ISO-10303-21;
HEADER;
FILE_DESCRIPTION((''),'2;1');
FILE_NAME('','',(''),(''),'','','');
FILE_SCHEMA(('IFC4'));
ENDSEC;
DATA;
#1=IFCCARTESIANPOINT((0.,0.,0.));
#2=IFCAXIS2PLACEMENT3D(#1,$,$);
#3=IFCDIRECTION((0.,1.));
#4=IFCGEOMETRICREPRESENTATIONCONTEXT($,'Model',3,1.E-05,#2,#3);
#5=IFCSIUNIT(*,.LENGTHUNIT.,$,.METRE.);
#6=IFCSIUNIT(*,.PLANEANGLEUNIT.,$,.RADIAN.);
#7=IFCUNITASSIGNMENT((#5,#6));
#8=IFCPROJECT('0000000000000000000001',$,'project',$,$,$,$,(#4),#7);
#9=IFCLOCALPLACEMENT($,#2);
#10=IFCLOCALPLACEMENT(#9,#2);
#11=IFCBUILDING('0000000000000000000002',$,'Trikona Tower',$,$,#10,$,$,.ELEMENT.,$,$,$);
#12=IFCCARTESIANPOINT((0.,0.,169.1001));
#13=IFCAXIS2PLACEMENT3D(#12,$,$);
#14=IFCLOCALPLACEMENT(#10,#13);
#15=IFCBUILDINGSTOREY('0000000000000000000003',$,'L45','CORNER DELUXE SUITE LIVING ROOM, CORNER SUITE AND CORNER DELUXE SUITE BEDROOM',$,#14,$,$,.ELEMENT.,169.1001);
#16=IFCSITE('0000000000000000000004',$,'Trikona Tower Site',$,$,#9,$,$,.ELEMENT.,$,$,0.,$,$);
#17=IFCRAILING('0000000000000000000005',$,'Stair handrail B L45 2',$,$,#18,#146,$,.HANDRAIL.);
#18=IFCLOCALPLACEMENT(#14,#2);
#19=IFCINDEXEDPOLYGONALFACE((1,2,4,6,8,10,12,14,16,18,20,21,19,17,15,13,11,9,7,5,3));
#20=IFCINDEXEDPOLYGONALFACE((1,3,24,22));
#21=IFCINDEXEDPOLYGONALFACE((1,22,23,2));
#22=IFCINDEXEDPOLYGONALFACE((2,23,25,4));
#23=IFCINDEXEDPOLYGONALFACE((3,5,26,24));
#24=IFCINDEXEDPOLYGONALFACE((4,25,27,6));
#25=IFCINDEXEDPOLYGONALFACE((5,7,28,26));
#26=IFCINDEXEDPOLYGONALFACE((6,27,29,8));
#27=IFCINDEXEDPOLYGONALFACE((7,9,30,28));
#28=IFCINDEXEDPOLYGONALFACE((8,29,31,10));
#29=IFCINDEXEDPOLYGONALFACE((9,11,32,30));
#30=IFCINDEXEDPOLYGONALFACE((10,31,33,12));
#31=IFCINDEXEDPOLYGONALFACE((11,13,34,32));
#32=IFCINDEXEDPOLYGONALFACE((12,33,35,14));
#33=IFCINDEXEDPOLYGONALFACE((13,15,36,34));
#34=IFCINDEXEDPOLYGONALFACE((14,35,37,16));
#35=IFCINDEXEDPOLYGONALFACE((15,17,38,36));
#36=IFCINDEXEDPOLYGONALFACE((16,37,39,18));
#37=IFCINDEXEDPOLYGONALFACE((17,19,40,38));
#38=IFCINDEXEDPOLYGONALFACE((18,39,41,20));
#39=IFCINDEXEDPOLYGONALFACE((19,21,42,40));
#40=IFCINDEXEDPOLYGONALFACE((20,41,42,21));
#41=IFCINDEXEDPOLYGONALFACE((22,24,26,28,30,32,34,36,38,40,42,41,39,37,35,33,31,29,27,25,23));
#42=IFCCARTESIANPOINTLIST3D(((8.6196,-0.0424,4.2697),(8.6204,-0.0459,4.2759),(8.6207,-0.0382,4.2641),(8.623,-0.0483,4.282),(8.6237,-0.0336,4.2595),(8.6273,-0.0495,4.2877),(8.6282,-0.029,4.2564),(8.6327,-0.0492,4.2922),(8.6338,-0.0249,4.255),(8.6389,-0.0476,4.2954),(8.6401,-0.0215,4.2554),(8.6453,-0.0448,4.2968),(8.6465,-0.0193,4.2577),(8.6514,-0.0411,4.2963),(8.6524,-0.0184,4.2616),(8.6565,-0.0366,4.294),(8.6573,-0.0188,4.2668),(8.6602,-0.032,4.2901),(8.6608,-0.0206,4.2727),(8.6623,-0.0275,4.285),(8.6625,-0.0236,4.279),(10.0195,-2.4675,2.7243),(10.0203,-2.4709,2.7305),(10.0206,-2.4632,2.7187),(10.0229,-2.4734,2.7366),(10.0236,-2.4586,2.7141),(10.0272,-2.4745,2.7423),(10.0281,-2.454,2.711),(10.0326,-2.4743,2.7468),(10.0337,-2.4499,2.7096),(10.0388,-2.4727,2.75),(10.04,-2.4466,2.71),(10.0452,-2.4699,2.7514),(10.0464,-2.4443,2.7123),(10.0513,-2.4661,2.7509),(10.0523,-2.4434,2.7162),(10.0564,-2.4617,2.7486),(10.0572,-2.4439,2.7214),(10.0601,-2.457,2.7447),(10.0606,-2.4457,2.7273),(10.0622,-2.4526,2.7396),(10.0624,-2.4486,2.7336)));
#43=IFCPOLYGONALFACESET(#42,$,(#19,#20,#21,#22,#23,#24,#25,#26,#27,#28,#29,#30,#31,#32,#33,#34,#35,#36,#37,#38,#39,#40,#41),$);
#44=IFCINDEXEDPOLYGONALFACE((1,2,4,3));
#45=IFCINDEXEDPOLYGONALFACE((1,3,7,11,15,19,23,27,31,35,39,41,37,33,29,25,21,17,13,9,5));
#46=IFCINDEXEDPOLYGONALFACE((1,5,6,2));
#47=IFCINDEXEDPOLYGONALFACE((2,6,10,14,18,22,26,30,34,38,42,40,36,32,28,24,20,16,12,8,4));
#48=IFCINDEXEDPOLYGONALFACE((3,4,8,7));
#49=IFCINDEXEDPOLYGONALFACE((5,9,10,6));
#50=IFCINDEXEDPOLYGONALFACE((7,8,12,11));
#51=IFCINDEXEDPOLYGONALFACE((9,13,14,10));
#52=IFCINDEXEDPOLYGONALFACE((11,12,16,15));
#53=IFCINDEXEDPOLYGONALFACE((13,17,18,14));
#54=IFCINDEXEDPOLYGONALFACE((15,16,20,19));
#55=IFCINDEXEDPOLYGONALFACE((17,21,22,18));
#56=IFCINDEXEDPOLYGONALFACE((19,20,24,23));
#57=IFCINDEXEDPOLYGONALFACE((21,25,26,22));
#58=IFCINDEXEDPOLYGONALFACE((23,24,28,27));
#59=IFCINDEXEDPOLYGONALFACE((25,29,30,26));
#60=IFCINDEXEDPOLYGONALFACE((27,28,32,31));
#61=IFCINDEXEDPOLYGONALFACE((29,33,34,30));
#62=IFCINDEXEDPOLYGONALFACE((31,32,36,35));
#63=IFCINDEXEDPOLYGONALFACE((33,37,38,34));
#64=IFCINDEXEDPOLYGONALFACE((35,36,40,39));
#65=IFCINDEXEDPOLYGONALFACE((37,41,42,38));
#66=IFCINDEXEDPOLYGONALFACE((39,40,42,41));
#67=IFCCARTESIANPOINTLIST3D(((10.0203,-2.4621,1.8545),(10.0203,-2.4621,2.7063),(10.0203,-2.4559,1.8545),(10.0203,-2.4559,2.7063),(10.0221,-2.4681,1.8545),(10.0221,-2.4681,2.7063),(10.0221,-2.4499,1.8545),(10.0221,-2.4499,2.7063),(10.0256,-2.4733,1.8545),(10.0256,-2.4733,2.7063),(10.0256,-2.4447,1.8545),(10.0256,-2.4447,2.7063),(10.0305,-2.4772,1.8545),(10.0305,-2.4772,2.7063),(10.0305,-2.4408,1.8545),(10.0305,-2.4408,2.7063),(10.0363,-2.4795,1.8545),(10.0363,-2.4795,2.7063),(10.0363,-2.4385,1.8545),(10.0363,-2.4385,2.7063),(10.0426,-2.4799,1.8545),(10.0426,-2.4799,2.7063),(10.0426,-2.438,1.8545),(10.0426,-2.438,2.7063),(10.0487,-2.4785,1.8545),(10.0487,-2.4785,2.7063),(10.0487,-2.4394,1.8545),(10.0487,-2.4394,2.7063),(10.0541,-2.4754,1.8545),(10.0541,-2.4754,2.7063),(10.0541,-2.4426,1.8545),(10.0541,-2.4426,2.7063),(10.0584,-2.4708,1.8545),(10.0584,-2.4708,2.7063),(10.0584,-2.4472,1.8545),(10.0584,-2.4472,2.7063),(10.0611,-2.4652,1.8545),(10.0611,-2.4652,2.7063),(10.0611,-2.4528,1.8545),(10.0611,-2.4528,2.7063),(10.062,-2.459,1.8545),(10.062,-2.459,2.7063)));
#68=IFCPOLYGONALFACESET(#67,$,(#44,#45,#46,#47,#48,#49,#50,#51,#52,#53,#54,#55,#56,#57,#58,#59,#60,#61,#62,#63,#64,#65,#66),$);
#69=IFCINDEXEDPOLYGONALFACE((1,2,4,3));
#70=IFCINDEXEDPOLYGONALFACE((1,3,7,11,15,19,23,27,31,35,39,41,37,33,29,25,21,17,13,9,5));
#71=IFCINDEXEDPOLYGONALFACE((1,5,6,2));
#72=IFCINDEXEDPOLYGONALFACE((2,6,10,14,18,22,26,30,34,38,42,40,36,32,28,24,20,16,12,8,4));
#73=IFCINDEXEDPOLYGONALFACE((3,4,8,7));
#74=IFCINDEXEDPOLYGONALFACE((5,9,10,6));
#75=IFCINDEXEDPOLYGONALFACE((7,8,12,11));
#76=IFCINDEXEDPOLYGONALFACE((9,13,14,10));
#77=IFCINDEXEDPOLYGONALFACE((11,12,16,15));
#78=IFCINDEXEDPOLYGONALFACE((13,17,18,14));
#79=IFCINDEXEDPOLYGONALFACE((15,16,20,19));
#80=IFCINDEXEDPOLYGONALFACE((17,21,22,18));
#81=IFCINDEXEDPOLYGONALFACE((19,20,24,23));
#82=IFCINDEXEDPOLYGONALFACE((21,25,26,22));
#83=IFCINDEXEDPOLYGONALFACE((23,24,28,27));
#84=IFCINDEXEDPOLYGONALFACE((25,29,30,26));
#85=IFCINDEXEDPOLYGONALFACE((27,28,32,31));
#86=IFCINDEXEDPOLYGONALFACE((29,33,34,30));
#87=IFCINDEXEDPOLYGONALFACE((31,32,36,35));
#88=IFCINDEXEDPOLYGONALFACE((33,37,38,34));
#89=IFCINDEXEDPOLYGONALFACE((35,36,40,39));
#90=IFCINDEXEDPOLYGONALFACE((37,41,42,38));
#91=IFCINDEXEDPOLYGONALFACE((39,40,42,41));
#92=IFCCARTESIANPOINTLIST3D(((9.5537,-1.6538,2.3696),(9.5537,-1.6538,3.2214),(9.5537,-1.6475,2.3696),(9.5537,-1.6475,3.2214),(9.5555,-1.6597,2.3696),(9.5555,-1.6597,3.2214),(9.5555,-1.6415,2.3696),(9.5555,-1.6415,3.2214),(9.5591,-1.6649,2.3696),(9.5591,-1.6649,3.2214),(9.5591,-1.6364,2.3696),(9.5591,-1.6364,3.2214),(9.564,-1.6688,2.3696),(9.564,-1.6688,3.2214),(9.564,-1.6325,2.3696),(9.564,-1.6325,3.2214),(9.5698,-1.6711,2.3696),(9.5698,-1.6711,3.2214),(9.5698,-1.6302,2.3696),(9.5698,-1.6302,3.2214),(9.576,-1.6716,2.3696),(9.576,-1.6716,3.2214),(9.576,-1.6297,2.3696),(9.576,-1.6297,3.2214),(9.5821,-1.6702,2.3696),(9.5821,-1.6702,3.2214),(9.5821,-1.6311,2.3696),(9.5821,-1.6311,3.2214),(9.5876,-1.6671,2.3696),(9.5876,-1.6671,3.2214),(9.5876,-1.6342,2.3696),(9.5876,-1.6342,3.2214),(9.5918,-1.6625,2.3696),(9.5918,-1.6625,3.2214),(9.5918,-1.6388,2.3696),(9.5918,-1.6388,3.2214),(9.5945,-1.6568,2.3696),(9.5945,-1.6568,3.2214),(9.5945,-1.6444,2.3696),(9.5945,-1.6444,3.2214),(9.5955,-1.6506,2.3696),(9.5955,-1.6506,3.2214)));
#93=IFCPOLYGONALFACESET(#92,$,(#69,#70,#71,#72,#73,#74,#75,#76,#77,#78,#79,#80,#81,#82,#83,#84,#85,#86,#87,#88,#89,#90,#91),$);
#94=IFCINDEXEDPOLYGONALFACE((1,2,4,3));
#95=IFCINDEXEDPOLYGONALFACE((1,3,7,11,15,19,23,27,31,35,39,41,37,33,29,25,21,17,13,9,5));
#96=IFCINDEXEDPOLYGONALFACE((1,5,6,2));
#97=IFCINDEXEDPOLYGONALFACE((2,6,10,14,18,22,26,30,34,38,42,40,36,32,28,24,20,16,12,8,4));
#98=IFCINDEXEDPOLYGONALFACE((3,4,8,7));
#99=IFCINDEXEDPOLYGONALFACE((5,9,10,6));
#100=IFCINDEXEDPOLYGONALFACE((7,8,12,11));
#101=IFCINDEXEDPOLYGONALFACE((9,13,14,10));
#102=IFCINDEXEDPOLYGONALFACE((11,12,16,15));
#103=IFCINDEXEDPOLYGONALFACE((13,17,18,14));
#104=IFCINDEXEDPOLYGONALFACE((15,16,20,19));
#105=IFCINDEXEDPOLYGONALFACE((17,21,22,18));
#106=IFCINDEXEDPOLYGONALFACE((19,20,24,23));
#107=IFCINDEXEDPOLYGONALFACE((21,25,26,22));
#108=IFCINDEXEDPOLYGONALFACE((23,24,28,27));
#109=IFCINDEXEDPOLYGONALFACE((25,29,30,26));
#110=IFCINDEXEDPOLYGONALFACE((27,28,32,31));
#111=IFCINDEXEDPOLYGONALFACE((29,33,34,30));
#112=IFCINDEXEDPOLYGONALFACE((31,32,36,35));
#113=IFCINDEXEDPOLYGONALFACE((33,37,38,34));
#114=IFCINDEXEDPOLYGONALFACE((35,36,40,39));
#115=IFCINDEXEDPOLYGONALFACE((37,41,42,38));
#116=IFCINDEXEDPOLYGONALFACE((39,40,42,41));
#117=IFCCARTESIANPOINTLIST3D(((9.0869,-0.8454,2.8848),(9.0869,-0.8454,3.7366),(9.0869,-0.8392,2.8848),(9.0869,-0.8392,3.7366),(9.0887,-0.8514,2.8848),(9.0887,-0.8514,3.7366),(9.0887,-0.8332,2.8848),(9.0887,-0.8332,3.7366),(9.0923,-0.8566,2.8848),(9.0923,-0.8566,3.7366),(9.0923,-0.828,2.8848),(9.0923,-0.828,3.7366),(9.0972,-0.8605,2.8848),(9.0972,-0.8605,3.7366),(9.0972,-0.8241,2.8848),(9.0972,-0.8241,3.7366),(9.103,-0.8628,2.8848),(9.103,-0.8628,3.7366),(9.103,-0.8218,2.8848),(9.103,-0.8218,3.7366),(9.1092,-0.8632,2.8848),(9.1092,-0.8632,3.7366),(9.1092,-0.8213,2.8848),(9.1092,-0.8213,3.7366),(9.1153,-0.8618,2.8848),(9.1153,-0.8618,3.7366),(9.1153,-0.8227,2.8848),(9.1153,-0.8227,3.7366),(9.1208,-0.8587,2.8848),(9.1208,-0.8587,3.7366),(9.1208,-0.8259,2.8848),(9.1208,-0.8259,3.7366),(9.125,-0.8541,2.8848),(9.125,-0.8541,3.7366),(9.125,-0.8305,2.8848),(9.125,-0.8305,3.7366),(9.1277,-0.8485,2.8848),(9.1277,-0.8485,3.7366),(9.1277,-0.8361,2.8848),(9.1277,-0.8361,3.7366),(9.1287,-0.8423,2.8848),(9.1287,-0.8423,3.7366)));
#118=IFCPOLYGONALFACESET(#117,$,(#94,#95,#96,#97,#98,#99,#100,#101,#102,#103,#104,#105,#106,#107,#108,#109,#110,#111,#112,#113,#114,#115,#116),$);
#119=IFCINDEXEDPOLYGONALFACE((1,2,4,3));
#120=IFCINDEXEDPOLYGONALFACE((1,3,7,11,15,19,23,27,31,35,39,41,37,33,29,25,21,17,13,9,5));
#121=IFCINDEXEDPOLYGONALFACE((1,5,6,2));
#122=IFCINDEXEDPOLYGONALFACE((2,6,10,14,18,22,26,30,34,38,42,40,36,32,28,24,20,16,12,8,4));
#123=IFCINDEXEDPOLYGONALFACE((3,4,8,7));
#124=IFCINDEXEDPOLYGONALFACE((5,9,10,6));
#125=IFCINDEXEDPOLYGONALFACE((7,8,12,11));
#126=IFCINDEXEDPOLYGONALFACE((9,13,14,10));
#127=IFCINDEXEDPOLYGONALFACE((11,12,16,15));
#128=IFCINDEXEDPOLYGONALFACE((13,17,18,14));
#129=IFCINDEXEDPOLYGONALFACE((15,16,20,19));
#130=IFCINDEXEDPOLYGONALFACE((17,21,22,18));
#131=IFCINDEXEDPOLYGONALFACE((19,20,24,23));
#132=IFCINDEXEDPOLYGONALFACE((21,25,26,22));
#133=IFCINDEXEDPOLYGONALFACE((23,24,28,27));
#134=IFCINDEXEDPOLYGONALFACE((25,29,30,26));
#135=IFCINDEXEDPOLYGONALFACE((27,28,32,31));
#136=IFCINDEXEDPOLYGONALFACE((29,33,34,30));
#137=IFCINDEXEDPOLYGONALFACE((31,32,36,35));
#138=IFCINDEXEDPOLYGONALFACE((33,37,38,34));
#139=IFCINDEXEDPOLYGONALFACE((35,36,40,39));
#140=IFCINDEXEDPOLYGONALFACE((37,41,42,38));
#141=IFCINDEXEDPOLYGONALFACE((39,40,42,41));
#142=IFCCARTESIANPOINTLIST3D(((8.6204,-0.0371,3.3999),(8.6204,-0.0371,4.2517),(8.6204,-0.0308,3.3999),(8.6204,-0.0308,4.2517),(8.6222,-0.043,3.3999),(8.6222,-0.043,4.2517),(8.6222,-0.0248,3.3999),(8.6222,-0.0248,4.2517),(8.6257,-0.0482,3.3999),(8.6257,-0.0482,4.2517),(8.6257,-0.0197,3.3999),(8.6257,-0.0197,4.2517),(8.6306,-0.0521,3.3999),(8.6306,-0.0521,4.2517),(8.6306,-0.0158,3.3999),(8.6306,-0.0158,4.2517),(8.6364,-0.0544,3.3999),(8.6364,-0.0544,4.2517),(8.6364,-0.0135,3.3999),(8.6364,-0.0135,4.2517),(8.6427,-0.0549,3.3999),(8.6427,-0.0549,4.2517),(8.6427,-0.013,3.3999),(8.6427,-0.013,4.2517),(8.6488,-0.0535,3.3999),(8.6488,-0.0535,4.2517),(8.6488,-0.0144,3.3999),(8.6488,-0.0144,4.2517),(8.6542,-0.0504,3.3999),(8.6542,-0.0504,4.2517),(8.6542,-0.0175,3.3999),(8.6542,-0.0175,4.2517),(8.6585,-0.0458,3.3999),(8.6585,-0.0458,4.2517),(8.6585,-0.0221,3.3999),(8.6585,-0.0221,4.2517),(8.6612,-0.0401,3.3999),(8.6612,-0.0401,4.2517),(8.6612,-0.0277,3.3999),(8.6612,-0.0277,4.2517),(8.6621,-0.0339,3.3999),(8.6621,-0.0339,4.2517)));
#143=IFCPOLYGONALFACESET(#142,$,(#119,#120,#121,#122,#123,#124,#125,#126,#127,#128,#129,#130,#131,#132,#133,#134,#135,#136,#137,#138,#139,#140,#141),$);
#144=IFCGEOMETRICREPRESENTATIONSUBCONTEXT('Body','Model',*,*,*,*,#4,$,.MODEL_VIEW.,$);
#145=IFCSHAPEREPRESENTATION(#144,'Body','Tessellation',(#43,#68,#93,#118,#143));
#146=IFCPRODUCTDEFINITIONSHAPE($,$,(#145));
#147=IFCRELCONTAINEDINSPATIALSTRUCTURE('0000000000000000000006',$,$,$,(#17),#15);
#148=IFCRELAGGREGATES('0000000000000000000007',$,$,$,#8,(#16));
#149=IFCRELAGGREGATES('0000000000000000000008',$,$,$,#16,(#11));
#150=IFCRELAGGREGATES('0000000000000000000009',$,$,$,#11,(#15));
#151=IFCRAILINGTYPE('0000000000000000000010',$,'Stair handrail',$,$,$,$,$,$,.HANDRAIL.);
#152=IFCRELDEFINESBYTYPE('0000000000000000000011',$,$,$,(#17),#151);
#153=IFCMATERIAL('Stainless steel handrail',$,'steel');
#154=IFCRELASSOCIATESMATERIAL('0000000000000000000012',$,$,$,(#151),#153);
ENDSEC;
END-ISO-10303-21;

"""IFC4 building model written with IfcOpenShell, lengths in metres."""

from ifc_helpers import new_model, si_unit, direction, frame, origin, origin_2d, place, context, subcontext, project, spatial, circle, extrude, material, type_object, element, save


model = new_model("IFC4")

# Units and contexts
model_context = context("Model", 3, precision=1e-05, world=origin(), true_north=direction((0.0, 1.0)))
body_context = subcontext(model_context, "Body", "Model", "MODEL_VIEW")
ifc_project = project(units=[si_unit("LENGTHUNIT", "METRE"), si_unit("PLANEANGLEUNIT", "RADIAN")], contexts=[model_context])

# Site, building, storey
site_placement = place(None, origin())
site = spatial("IfcSite", under=ifc_project, at=site_placement, Name="Trikona Tower Site", CompositionType="ELEMENT", RefElevation=0.0)
building_placement = place(site_placement, origin())
building = spatial("IfcBuilding", under=site, at=building_placement, Name="Trikona Tower", CompositionType="ELEMENT")
storey_placement = place(building_placement, frame((0.0, 0.0, 169.1001)))
storey = spatial("IfcBuildingStorey", under=building, at=storey_placement, Name="L45", Description="CORNER DELUXE SUITE LIVING ROOM, CORNER SUITE AND CORNER DELUXE SUITE BEDROOM", CompositionType="ELEMENT", Elevation=169.1001)

# Railing
ifc_material_1 = material(Name="Stainless steel handrail", Category="steel")
railing_type = type_object("IfcRailingType", Name="Stair handrail", PredefinedType="HANDRAIL", material=ifc_material_1)
railing_placement = place(storey_placement, frame((10.041, -2.459, 1.8545)))
element("IfcRailing", 1, at=railing_placement, inside=storey, type_object=railing_type, Name="Stair handrail B L45 2", PredefinedType="HANDRAIL", context=body_context, shape_type="SweptSolid", body=[
    extrude(circle(Radius=0.0239, at=origin_2d()), frame((0.0, 0.0, 0.876), z_axis=(-0.437707, 0.75824, 0.483203), x_axis=(-0.866056, -0.499946, 0.0)), (0.0, 0.0, 1.0), 3.1982),
    extrude(circle(Radius=0.021, at=origin_2d()), origin(), (0.0, 0.0, 1.0), 0.8518),
    extrude(circle(Radius=0.021, at=origin_2d()), frame((-0.4666, 0.8083, 0.5151)), (0.0, 0.0, 1.0), 0.8518),
    extrude(circle(Radius=0.021, at=origin_2d()), frame((-0.9333, 1.6167, 1.0303)), (0.0, 0.0, 1.0), 0.8518),
    extrude(circle(Radius=0.021, at=origin_2d()), frame((-1.3999, 2.425, 1.5454)), (0.0, 0.0, 1.0), 0.8518),
])

save(model, "model.ifc")
